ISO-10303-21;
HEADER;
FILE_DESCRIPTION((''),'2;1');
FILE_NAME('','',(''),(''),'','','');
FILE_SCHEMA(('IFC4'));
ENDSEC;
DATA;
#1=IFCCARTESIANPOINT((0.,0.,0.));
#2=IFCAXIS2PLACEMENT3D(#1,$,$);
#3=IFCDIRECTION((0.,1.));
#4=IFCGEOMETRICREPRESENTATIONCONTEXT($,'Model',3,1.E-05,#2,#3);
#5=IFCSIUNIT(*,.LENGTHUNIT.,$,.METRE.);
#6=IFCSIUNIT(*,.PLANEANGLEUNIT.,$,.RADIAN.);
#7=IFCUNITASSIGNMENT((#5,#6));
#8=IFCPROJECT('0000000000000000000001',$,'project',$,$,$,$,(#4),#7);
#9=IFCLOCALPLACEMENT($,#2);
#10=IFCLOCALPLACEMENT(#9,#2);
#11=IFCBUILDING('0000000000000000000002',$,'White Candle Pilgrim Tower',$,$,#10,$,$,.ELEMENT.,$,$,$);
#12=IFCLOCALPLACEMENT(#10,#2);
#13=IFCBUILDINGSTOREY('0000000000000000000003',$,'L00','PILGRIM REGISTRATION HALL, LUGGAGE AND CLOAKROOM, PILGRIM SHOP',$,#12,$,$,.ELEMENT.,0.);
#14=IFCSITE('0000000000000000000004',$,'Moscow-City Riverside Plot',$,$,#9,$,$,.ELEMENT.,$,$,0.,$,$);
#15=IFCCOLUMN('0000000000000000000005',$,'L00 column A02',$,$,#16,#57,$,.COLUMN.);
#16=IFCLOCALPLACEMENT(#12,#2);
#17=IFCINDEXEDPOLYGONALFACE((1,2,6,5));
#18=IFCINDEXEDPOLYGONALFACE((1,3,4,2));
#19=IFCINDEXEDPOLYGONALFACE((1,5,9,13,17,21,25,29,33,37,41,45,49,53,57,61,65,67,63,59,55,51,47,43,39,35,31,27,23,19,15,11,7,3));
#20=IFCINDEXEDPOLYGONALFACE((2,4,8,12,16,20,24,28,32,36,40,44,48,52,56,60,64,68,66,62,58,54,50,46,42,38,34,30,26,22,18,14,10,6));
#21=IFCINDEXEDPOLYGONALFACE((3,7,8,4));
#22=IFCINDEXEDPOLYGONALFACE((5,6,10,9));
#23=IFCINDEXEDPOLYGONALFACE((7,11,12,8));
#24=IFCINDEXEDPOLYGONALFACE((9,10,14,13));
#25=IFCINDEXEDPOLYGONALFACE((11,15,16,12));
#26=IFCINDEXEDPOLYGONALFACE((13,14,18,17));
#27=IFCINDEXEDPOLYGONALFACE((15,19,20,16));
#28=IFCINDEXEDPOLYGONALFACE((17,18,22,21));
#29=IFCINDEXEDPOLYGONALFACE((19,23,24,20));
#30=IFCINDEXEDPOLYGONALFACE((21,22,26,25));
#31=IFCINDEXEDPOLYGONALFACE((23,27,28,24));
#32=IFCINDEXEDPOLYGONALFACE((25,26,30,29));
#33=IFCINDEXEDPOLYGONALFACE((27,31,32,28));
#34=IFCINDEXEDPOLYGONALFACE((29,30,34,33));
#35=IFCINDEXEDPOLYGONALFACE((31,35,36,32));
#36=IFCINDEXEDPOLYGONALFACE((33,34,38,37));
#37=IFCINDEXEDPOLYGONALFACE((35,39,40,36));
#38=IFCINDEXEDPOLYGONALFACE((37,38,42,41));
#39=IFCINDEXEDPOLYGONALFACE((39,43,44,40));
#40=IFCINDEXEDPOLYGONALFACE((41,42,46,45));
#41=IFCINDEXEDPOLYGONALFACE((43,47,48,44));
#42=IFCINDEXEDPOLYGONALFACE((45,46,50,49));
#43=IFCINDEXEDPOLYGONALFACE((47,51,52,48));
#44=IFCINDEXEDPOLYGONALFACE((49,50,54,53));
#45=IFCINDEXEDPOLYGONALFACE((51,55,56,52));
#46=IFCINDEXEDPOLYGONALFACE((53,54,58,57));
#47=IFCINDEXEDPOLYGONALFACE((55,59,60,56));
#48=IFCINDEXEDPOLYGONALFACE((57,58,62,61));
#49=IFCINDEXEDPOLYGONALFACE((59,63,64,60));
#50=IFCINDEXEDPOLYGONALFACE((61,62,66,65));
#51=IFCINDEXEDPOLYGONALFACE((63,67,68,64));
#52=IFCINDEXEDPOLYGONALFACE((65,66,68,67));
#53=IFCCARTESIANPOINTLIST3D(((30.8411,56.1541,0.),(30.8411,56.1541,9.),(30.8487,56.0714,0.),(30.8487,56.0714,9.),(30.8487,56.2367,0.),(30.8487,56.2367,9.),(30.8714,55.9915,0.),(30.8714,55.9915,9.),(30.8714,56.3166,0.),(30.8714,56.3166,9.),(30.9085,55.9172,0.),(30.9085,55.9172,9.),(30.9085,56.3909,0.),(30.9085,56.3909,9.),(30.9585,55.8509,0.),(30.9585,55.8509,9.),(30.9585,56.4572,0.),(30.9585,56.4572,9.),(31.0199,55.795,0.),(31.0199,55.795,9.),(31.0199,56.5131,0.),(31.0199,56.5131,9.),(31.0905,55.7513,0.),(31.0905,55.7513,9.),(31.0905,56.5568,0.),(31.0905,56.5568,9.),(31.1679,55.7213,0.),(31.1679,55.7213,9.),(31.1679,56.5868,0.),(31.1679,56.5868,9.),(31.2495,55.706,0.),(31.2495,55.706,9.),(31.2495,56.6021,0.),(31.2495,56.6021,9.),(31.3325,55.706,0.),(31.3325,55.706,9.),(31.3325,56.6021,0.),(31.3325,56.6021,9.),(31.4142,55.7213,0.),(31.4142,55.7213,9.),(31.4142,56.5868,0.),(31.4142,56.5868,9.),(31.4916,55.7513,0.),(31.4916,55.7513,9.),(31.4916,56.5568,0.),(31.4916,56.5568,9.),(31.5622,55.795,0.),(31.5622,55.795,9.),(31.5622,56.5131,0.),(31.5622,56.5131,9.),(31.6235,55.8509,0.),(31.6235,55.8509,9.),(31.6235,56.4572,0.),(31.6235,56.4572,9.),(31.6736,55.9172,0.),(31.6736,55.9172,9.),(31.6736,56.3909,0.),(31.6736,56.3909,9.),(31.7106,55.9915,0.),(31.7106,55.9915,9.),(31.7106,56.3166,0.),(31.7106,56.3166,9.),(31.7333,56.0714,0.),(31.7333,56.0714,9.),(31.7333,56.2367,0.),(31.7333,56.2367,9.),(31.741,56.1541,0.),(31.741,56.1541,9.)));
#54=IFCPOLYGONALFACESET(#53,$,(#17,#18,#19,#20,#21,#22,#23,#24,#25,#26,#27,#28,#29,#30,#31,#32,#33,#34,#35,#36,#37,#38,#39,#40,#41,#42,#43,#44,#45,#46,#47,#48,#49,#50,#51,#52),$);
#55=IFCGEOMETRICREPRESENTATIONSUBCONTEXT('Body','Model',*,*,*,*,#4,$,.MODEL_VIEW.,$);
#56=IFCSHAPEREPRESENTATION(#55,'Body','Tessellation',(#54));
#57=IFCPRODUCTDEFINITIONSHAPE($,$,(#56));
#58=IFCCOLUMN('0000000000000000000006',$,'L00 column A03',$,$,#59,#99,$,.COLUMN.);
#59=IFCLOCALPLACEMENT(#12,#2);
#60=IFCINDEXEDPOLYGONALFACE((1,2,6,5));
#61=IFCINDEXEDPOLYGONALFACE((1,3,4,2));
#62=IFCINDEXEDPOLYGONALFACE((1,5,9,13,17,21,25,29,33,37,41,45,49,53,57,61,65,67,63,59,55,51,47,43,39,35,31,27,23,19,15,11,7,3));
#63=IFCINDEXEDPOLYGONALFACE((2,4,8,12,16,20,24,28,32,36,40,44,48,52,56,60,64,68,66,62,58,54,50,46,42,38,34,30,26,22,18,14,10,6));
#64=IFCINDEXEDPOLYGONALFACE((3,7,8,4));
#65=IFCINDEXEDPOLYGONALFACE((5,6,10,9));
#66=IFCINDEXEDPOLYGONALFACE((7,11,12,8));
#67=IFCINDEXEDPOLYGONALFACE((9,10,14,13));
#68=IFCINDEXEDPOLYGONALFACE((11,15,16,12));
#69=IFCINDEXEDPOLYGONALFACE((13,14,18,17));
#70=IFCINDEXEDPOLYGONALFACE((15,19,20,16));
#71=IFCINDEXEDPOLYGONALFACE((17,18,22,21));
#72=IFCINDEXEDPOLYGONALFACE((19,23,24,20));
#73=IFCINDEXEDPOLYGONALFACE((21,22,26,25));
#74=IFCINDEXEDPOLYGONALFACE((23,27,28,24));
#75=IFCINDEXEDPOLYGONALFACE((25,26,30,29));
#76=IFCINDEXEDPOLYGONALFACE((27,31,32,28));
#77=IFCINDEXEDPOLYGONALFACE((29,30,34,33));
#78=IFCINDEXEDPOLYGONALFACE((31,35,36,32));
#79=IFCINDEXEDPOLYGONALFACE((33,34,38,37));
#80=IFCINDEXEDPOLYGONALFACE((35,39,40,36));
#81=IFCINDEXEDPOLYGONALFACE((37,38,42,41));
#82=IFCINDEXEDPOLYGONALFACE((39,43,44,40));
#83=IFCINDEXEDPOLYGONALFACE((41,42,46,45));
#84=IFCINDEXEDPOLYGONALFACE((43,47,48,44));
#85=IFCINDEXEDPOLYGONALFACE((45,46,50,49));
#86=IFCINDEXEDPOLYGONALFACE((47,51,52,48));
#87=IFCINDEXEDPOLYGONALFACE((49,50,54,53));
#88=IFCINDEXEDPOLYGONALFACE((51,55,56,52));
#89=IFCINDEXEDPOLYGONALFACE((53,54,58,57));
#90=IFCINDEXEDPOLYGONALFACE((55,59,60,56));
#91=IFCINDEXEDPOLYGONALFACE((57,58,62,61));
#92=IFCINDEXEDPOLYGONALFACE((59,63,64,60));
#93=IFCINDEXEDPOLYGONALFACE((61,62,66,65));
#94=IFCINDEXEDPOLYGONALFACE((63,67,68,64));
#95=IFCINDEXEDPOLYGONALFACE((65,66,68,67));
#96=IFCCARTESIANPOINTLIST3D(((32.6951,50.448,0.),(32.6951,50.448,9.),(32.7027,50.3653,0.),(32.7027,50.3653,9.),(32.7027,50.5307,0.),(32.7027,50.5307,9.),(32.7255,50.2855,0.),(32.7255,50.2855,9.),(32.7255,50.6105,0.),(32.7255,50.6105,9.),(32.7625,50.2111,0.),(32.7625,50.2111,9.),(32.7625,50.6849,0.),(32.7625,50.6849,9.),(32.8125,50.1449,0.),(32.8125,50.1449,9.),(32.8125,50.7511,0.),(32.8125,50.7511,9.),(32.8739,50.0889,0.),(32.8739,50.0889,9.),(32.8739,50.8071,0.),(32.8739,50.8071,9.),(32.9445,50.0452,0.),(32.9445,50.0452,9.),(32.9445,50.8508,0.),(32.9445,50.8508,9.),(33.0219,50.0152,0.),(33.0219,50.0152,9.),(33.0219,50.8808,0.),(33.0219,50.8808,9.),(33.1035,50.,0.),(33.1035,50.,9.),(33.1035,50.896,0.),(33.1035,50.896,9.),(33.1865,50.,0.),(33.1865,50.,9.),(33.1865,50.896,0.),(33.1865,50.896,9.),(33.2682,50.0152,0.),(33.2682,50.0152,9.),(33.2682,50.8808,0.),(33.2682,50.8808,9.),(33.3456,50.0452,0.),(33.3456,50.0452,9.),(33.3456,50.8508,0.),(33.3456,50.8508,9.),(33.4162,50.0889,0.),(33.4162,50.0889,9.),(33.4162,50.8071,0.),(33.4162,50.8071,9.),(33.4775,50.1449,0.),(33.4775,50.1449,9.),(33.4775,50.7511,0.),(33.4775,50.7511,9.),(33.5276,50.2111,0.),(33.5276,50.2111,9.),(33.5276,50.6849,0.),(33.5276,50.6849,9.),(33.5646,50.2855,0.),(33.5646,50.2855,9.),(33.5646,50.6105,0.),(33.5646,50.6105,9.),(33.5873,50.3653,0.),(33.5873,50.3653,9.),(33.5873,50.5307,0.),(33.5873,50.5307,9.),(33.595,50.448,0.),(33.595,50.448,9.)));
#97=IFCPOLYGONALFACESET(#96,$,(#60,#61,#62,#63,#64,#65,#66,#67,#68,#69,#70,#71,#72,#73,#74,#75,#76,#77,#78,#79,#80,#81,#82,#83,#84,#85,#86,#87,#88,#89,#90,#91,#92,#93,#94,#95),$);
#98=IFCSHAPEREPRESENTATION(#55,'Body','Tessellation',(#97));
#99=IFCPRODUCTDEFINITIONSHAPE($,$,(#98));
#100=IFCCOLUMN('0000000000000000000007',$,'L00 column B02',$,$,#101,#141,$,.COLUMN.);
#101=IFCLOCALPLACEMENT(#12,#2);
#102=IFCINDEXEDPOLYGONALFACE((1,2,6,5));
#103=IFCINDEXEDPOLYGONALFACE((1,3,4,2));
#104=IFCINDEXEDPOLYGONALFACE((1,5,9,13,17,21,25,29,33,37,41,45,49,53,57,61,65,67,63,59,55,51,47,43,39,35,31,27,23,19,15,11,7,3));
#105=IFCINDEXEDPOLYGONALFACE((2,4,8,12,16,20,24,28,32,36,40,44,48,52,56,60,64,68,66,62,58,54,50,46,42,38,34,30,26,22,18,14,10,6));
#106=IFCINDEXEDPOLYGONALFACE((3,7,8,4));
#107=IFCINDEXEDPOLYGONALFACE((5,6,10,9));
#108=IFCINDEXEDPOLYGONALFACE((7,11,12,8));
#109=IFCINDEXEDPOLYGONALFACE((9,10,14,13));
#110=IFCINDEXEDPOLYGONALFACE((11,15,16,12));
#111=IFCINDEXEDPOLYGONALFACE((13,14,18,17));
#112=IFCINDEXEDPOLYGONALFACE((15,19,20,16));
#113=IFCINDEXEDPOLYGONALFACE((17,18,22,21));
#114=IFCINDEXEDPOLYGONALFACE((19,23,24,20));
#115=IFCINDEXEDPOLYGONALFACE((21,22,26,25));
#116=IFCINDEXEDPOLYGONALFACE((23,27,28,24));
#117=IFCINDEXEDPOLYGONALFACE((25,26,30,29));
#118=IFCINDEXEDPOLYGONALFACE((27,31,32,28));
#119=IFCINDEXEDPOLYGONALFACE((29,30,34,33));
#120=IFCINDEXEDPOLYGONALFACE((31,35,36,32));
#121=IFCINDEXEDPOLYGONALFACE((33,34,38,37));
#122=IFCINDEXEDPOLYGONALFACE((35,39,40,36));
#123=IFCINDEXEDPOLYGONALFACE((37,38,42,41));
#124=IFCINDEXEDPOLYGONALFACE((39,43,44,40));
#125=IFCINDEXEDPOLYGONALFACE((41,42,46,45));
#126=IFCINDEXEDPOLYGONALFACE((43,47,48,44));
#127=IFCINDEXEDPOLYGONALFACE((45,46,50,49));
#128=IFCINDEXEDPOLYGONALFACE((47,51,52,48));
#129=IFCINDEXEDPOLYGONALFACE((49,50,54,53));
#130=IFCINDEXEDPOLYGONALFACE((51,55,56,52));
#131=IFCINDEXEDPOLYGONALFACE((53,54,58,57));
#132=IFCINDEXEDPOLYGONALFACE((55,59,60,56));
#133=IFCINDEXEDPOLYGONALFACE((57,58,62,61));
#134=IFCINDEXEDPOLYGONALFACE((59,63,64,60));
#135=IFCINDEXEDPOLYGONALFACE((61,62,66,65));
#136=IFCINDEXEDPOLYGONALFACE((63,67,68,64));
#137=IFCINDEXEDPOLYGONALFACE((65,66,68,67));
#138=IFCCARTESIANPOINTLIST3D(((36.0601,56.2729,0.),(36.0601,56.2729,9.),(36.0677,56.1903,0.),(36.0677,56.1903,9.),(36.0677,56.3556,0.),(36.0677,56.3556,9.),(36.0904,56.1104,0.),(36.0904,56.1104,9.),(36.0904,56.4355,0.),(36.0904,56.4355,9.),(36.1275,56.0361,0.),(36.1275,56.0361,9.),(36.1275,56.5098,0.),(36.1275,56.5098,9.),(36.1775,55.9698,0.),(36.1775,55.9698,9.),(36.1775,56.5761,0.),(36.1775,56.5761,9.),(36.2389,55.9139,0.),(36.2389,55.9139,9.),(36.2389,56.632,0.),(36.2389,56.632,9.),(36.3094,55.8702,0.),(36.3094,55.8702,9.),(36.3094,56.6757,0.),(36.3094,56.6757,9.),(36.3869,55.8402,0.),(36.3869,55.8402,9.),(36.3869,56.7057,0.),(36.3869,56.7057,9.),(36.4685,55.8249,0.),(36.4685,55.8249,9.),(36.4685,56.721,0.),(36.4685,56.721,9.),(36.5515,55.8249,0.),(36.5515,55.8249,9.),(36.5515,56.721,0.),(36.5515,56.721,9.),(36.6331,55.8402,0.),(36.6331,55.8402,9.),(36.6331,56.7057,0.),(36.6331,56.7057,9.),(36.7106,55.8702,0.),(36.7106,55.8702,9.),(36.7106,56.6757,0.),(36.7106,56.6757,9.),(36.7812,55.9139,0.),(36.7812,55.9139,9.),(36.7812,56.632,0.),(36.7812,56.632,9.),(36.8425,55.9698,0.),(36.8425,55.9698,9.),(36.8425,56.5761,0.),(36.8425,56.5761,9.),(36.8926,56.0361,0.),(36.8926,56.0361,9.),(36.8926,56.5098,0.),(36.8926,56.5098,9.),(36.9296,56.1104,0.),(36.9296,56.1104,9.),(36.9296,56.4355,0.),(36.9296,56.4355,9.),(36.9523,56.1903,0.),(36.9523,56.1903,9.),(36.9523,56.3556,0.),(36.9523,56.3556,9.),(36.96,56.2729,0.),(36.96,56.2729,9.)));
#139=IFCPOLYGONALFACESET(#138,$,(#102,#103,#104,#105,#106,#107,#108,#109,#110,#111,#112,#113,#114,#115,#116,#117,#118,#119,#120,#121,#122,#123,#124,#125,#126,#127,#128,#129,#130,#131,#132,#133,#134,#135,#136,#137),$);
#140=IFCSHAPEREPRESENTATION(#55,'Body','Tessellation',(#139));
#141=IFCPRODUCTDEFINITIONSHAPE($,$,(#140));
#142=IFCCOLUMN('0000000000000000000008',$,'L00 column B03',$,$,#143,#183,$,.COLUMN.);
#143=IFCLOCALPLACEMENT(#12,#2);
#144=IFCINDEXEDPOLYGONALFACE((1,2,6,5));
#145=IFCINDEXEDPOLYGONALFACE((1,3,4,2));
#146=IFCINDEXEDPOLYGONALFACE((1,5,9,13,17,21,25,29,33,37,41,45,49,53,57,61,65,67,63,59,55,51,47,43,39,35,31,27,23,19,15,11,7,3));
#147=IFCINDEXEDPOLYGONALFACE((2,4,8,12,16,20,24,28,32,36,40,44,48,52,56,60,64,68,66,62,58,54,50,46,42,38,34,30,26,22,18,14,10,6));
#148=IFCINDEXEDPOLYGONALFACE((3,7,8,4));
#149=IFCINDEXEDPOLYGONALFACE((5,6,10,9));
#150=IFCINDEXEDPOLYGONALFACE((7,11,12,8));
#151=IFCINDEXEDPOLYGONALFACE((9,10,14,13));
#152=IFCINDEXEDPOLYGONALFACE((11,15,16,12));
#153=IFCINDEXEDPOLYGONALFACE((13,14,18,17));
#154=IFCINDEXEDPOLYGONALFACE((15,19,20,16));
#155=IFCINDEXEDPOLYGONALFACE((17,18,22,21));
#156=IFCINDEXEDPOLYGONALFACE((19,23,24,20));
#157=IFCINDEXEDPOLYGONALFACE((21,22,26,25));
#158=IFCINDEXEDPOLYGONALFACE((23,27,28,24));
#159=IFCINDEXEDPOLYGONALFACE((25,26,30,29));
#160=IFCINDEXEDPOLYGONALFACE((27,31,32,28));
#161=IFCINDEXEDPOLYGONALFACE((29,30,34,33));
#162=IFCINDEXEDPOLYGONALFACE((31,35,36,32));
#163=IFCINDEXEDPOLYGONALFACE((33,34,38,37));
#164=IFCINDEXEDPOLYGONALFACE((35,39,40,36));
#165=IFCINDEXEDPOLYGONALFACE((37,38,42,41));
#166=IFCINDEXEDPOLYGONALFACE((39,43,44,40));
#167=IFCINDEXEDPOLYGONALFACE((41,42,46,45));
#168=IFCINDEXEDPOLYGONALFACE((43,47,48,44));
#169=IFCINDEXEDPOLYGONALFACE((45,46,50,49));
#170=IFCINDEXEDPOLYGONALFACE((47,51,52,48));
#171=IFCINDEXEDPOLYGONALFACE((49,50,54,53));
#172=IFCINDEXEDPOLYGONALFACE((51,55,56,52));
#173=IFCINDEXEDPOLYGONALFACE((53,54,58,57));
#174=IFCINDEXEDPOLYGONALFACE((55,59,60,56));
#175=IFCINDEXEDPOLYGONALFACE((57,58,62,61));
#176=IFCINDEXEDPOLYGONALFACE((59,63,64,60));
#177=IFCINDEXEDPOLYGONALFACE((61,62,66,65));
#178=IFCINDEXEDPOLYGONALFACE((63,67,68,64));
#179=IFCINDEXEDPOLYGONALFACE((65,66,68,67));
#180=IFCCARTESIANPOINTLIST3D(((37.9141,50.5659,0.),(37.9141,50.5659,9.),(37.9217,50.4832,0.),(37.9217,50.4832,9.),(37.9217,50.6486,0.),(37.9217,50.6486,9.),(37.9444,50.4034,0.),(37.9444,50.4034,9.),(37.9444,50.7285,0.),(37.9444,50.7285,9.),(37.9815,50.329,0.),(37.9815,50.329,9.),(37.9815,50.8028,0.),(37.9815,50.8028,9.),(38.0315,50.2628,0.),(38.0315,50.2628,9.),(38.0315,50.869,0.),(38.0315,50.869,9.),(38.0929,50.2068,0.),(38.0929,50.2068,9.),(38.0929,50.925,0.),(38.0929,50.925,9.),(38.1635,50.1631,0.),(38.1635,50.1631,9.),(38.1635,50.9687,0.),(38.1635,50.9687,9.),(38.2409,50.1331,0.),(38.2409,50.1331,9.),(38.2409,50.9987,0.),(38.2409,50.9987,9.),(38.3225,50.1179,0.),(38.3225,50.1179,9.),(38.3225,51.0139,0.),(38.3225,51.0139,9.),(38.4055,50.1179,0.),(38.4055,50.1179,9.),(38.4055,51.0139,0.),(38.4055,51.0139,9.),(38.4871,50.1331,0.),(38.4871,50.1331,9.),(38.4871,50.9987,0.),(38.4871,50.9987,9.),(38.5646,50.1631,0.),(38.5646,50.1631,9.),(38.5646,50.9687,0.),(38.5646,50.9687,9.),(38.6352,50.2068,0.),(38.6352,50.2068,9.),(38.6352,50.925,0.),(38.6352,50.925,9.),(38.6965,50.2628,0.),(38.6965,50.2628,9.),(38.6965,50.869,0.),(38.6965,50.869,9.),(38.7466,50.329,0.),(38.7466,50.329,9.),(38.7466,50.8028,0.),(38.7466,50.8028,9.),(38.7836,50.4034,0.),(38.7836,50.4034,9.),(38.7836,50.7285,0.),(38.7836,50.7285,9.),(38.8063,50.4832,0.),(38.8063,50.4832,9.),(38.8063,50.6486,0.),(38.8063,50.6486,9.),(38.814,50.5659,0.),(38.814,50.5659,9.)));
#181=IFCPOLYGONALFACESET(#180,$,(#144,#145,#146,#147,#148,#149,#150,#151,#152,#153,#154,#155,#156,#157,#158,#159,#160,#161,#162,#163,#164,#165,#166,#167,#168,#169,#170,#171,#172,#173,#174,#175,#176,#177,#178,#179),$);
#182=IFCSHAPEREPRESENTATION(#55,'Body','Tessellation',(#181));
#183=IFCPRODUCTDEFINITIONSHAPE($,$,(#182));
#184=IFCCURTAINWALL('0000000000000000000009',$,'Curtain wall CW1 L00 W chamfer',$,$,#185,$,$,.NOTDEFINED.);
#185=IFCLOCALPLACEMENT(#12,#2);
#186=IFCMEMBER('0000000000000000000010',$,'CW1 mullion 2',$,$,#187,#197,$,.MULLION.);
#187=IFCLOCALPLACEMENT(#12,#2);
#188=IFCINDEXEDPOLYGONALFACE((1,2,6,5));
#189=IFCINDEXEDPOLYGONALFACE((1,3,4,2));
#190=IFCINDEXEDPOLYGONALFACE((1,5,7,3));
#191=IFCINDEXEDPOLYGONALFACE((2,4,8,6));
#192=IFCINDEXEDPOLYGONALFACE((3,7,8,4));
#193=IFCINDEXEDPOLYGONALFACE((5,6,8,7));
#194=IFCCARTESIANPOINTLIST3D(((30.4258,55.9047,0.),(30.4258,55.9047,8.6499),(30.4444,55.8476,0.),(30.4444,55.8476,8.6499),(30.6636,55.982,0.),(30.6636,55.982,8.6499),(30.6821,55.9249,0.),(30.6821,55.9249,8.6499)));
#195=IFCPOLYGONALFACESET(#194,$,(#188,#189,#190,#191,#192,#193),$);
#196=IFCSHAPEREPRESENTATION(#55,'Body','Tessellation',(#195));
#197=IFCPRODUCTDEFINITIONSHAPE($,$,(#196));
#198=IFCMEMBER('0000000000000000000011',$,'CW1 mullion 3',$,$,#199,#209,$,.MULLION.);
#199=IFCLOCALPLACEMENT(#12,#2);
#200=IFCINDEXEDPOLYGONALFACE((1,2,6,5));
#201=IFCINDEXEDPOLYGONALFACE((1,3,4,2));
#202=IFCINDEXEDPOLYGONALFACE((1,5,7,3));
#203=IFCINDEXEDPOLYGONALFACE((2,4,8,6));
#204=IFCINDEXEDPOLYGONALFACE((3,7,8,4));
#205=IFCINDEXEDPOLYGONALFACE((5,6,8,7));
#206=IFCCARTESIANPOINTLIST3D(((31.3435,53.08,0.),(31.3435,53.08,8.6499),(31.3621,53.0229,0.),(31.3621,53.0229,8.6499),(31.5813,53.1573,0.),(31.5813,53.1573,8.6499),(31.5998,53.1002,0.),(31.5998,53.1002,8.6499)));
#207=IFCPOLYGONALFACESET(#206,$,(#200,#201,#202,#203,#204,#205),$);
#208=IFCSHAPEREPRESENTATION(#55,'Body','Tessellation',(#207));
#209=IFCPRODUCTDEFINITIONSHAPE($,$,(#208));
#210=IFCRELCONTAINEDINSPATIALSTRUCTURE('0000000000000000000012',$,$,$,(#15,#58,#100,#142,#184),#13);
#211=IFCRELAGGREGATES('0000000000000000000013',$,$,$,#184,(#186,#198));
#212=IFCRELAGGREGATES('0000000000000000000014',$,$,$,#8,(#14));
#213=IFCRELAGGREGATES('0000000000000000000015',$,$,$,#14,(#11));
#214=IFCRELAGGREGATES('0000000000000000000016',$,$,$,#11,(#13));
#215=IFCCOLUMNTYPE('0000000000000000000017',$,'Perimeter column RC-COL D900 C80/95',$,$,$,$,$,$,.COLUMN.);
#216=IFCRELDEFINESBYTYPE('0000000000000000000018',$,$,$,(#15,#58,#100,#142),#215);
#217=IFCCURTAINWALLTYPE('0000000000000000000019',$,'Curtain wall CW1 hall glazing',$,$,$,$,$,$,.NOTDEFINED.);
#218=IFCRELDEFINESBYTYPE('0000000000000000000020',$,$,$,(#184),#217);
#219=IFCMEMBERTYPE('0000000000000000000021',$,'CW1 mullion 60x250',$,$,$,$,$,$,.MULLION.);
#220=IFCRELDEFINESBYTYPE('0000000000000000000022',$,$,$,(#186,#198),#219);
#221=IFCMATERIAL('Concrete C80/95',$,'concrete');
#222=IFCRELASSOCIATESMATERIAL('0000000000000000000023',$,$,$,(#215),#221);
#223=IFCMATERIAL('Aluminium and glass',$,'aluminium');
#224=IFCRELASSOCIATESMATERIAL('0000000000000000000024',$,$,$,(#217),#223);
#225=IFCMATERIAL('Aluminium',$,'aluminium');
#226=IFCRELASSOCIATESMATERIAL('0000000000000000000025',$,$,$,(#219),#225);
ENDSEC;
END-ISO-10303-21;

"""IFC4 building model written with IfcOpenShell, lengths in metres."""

from ifc_helpers import new_model, si_unit, direction, frame, origin, origin_2d, place, context, subcontext, project, spatial, rectangle, circle, extrude, material, material_profile, profile_set, type_object, element, aggregate, save


model = new_model("IFC4")

# Units and contexts
model_context = context("Model", 3, precision=1e-05, world=origin(), true_north=direction((0.0, 1.0)))
body_context = subcontext(model_context, "Body", "Model", "MODEL_VIEW")
ifc_project = project(units=[si_unit("LENGTHUNIT", "METRE"), si_unit("PLANEANGLEUNIT", "RADIAN")], contexts=[model_context])

# Site, building, storey
site_placement = place(None, origin())
site = spatial("IfcSite", under=ifc_project, at=site_placement, Name="Moscow-City Riverside Plot", CompositionType="ELEMENT", RefElevation=0.0)
building_placement = place(site_placement, origin())
building = spatial("IfcBuilding", under=site, at=building_placement, Name="White Candle Pilgrim Tower", CompositionType="ELEMENT")
storey_placement = place(building_placement, origin())
storey = spatial("IfcBuildingStorey", under=building, at=storey_placement, Name="L00", Description="PILGRIM REGISTRATION HALL, LUGGAGE AND CLOAKROOM, PILGRIM SHOP", CompositionType="ELEMENT", Elevation=0.0)

# Columns
ifc_material_1 = material(Name="Concrete C80/95", Category="concrete")
ifc_material_profile_1 = material_profile(ifc_material_1, circle(Radius=0.45, at=origin_2d()), Name="RC-COL D900")
ifc_profile_set_1 = profile_set([ifc_material_profile_1], Name="Concrete C80/95")
column_type = type_object("IfcColumnType", Name="Perimeter column RC-COL D900 C80/95", PredefinedType="COLUMN", material=ifc_profile_set_1)
for number, where, z_axis, x_axis, name in (
    (1, (31.291, 56.1541, 0.0), (0.0, 0.0, 1.0), (1.0, 0.0, 0.0), "L00 column A02"),
    (2, (33.145, 50.448, 0.0), (0.0, 0.0, 1.0), (1.0, 0.0, 0.0), "L00 column A03"),
    (3, (36.51, 56.2729, 0.0), (0.0, 0.0, 1.0), (1.0, 0.0, 0.0), "L00 column B02"),
    (4, (38.364, 50.5659, 0.0), (0.0, 0.0, 1.0), (1.0, 0.0, 0.0), "L00 column B03"),
):
    element("IfcColumn", number, at=place(storey_placement, frame(where, z_axis=z_axis, x_axis=x_axis)), inside=storey, type_object=column_type, Name=name, PredefinedType="COLUMN", context=body_context, shape_type="SweptSolid", body=[
        extrude(circle(Radius=0.45, at=origin_2d()), origin(), (0.0, 0.0, 1.0), 9.0),
    ])

# Curtain wall, members
ifc_material_2 = material(Name="Aluminium and glass", Category="aluminium")
curtain_wall_type = type_object("IfcCurtainWallType", Name="Curtain wall CW1 hall glazing", PredefinedType="NOTDEFINED", material=ifc_material_2)
curtain_wall_1_placement = place(storey_placement, origin())
curtain_wall_1 = element("IfcCurtainWall", 5, at=curtain_wall_1_placement, inside=storey, type_object=curtain_wall_type, Name="Curtain wall CW1 L00 W chamfer", PredefinedType="NOTDEFINED")
ifc_material_3 = material(Name="Aluminium", Category="aluminium")
ifc_material_profile_2 = material_profile(ifc_material_3, rectangle(XDim=0.25, YDim=0.0601, at=origin_2d()), Name="CW1 mullion 60x250")
ifc_profile_set_2 = profile_set([ifc_material_profile_2], Name="Aluminium")
member_type_1 = type_object("IfcMemberType", Name="CW1 mullion 60x250", PredefinedType="MULLION", material=ifc_profile_set_2)
member_1_placement = place(storey_placement, frame((30.554, 55.9148, 0.0), z_axis=(0.0, 0.0, 1.0), x_axis=(0.951057, 0.309017, 0.0)))
member_1 = element("IfcMember", 6, at=member_1_placement, type_object=member_type_1, Name="CW1 mullion 2", PredefinedType="MULLION", context=body_context, shape_type="SweptSolid", body=[
    extrude(rectangle(XDim=0.25, YDim=0.0601, at=origin_2d()), origin(), (0.0, 0.0, 1.0), 8.6499),
])
member_2_placement = place(storey_placement, frame((31.4717, 53.0901, 0.0), z_axis=(0.0, 0.0, 1.0), x_axis=(0.951057, 0.309017, 0.0)))
member_2 = element("IfcMember", 7, at=member_2_placement, type_object=member_type_1, Name="CW1 mullion 3", PredefinedType="MULLION", context=body_context, shape_type="SweptSolid", body=[
    extrude(rectangle(XDim=0.25, YDim=0.0601, at=origin_2d()), origin(), (0.0, 0.0, 1.0), 8.6499),
])

aggregate(curtain_wall_1, [member_1, member_2])

save(model, "model.ifc")
